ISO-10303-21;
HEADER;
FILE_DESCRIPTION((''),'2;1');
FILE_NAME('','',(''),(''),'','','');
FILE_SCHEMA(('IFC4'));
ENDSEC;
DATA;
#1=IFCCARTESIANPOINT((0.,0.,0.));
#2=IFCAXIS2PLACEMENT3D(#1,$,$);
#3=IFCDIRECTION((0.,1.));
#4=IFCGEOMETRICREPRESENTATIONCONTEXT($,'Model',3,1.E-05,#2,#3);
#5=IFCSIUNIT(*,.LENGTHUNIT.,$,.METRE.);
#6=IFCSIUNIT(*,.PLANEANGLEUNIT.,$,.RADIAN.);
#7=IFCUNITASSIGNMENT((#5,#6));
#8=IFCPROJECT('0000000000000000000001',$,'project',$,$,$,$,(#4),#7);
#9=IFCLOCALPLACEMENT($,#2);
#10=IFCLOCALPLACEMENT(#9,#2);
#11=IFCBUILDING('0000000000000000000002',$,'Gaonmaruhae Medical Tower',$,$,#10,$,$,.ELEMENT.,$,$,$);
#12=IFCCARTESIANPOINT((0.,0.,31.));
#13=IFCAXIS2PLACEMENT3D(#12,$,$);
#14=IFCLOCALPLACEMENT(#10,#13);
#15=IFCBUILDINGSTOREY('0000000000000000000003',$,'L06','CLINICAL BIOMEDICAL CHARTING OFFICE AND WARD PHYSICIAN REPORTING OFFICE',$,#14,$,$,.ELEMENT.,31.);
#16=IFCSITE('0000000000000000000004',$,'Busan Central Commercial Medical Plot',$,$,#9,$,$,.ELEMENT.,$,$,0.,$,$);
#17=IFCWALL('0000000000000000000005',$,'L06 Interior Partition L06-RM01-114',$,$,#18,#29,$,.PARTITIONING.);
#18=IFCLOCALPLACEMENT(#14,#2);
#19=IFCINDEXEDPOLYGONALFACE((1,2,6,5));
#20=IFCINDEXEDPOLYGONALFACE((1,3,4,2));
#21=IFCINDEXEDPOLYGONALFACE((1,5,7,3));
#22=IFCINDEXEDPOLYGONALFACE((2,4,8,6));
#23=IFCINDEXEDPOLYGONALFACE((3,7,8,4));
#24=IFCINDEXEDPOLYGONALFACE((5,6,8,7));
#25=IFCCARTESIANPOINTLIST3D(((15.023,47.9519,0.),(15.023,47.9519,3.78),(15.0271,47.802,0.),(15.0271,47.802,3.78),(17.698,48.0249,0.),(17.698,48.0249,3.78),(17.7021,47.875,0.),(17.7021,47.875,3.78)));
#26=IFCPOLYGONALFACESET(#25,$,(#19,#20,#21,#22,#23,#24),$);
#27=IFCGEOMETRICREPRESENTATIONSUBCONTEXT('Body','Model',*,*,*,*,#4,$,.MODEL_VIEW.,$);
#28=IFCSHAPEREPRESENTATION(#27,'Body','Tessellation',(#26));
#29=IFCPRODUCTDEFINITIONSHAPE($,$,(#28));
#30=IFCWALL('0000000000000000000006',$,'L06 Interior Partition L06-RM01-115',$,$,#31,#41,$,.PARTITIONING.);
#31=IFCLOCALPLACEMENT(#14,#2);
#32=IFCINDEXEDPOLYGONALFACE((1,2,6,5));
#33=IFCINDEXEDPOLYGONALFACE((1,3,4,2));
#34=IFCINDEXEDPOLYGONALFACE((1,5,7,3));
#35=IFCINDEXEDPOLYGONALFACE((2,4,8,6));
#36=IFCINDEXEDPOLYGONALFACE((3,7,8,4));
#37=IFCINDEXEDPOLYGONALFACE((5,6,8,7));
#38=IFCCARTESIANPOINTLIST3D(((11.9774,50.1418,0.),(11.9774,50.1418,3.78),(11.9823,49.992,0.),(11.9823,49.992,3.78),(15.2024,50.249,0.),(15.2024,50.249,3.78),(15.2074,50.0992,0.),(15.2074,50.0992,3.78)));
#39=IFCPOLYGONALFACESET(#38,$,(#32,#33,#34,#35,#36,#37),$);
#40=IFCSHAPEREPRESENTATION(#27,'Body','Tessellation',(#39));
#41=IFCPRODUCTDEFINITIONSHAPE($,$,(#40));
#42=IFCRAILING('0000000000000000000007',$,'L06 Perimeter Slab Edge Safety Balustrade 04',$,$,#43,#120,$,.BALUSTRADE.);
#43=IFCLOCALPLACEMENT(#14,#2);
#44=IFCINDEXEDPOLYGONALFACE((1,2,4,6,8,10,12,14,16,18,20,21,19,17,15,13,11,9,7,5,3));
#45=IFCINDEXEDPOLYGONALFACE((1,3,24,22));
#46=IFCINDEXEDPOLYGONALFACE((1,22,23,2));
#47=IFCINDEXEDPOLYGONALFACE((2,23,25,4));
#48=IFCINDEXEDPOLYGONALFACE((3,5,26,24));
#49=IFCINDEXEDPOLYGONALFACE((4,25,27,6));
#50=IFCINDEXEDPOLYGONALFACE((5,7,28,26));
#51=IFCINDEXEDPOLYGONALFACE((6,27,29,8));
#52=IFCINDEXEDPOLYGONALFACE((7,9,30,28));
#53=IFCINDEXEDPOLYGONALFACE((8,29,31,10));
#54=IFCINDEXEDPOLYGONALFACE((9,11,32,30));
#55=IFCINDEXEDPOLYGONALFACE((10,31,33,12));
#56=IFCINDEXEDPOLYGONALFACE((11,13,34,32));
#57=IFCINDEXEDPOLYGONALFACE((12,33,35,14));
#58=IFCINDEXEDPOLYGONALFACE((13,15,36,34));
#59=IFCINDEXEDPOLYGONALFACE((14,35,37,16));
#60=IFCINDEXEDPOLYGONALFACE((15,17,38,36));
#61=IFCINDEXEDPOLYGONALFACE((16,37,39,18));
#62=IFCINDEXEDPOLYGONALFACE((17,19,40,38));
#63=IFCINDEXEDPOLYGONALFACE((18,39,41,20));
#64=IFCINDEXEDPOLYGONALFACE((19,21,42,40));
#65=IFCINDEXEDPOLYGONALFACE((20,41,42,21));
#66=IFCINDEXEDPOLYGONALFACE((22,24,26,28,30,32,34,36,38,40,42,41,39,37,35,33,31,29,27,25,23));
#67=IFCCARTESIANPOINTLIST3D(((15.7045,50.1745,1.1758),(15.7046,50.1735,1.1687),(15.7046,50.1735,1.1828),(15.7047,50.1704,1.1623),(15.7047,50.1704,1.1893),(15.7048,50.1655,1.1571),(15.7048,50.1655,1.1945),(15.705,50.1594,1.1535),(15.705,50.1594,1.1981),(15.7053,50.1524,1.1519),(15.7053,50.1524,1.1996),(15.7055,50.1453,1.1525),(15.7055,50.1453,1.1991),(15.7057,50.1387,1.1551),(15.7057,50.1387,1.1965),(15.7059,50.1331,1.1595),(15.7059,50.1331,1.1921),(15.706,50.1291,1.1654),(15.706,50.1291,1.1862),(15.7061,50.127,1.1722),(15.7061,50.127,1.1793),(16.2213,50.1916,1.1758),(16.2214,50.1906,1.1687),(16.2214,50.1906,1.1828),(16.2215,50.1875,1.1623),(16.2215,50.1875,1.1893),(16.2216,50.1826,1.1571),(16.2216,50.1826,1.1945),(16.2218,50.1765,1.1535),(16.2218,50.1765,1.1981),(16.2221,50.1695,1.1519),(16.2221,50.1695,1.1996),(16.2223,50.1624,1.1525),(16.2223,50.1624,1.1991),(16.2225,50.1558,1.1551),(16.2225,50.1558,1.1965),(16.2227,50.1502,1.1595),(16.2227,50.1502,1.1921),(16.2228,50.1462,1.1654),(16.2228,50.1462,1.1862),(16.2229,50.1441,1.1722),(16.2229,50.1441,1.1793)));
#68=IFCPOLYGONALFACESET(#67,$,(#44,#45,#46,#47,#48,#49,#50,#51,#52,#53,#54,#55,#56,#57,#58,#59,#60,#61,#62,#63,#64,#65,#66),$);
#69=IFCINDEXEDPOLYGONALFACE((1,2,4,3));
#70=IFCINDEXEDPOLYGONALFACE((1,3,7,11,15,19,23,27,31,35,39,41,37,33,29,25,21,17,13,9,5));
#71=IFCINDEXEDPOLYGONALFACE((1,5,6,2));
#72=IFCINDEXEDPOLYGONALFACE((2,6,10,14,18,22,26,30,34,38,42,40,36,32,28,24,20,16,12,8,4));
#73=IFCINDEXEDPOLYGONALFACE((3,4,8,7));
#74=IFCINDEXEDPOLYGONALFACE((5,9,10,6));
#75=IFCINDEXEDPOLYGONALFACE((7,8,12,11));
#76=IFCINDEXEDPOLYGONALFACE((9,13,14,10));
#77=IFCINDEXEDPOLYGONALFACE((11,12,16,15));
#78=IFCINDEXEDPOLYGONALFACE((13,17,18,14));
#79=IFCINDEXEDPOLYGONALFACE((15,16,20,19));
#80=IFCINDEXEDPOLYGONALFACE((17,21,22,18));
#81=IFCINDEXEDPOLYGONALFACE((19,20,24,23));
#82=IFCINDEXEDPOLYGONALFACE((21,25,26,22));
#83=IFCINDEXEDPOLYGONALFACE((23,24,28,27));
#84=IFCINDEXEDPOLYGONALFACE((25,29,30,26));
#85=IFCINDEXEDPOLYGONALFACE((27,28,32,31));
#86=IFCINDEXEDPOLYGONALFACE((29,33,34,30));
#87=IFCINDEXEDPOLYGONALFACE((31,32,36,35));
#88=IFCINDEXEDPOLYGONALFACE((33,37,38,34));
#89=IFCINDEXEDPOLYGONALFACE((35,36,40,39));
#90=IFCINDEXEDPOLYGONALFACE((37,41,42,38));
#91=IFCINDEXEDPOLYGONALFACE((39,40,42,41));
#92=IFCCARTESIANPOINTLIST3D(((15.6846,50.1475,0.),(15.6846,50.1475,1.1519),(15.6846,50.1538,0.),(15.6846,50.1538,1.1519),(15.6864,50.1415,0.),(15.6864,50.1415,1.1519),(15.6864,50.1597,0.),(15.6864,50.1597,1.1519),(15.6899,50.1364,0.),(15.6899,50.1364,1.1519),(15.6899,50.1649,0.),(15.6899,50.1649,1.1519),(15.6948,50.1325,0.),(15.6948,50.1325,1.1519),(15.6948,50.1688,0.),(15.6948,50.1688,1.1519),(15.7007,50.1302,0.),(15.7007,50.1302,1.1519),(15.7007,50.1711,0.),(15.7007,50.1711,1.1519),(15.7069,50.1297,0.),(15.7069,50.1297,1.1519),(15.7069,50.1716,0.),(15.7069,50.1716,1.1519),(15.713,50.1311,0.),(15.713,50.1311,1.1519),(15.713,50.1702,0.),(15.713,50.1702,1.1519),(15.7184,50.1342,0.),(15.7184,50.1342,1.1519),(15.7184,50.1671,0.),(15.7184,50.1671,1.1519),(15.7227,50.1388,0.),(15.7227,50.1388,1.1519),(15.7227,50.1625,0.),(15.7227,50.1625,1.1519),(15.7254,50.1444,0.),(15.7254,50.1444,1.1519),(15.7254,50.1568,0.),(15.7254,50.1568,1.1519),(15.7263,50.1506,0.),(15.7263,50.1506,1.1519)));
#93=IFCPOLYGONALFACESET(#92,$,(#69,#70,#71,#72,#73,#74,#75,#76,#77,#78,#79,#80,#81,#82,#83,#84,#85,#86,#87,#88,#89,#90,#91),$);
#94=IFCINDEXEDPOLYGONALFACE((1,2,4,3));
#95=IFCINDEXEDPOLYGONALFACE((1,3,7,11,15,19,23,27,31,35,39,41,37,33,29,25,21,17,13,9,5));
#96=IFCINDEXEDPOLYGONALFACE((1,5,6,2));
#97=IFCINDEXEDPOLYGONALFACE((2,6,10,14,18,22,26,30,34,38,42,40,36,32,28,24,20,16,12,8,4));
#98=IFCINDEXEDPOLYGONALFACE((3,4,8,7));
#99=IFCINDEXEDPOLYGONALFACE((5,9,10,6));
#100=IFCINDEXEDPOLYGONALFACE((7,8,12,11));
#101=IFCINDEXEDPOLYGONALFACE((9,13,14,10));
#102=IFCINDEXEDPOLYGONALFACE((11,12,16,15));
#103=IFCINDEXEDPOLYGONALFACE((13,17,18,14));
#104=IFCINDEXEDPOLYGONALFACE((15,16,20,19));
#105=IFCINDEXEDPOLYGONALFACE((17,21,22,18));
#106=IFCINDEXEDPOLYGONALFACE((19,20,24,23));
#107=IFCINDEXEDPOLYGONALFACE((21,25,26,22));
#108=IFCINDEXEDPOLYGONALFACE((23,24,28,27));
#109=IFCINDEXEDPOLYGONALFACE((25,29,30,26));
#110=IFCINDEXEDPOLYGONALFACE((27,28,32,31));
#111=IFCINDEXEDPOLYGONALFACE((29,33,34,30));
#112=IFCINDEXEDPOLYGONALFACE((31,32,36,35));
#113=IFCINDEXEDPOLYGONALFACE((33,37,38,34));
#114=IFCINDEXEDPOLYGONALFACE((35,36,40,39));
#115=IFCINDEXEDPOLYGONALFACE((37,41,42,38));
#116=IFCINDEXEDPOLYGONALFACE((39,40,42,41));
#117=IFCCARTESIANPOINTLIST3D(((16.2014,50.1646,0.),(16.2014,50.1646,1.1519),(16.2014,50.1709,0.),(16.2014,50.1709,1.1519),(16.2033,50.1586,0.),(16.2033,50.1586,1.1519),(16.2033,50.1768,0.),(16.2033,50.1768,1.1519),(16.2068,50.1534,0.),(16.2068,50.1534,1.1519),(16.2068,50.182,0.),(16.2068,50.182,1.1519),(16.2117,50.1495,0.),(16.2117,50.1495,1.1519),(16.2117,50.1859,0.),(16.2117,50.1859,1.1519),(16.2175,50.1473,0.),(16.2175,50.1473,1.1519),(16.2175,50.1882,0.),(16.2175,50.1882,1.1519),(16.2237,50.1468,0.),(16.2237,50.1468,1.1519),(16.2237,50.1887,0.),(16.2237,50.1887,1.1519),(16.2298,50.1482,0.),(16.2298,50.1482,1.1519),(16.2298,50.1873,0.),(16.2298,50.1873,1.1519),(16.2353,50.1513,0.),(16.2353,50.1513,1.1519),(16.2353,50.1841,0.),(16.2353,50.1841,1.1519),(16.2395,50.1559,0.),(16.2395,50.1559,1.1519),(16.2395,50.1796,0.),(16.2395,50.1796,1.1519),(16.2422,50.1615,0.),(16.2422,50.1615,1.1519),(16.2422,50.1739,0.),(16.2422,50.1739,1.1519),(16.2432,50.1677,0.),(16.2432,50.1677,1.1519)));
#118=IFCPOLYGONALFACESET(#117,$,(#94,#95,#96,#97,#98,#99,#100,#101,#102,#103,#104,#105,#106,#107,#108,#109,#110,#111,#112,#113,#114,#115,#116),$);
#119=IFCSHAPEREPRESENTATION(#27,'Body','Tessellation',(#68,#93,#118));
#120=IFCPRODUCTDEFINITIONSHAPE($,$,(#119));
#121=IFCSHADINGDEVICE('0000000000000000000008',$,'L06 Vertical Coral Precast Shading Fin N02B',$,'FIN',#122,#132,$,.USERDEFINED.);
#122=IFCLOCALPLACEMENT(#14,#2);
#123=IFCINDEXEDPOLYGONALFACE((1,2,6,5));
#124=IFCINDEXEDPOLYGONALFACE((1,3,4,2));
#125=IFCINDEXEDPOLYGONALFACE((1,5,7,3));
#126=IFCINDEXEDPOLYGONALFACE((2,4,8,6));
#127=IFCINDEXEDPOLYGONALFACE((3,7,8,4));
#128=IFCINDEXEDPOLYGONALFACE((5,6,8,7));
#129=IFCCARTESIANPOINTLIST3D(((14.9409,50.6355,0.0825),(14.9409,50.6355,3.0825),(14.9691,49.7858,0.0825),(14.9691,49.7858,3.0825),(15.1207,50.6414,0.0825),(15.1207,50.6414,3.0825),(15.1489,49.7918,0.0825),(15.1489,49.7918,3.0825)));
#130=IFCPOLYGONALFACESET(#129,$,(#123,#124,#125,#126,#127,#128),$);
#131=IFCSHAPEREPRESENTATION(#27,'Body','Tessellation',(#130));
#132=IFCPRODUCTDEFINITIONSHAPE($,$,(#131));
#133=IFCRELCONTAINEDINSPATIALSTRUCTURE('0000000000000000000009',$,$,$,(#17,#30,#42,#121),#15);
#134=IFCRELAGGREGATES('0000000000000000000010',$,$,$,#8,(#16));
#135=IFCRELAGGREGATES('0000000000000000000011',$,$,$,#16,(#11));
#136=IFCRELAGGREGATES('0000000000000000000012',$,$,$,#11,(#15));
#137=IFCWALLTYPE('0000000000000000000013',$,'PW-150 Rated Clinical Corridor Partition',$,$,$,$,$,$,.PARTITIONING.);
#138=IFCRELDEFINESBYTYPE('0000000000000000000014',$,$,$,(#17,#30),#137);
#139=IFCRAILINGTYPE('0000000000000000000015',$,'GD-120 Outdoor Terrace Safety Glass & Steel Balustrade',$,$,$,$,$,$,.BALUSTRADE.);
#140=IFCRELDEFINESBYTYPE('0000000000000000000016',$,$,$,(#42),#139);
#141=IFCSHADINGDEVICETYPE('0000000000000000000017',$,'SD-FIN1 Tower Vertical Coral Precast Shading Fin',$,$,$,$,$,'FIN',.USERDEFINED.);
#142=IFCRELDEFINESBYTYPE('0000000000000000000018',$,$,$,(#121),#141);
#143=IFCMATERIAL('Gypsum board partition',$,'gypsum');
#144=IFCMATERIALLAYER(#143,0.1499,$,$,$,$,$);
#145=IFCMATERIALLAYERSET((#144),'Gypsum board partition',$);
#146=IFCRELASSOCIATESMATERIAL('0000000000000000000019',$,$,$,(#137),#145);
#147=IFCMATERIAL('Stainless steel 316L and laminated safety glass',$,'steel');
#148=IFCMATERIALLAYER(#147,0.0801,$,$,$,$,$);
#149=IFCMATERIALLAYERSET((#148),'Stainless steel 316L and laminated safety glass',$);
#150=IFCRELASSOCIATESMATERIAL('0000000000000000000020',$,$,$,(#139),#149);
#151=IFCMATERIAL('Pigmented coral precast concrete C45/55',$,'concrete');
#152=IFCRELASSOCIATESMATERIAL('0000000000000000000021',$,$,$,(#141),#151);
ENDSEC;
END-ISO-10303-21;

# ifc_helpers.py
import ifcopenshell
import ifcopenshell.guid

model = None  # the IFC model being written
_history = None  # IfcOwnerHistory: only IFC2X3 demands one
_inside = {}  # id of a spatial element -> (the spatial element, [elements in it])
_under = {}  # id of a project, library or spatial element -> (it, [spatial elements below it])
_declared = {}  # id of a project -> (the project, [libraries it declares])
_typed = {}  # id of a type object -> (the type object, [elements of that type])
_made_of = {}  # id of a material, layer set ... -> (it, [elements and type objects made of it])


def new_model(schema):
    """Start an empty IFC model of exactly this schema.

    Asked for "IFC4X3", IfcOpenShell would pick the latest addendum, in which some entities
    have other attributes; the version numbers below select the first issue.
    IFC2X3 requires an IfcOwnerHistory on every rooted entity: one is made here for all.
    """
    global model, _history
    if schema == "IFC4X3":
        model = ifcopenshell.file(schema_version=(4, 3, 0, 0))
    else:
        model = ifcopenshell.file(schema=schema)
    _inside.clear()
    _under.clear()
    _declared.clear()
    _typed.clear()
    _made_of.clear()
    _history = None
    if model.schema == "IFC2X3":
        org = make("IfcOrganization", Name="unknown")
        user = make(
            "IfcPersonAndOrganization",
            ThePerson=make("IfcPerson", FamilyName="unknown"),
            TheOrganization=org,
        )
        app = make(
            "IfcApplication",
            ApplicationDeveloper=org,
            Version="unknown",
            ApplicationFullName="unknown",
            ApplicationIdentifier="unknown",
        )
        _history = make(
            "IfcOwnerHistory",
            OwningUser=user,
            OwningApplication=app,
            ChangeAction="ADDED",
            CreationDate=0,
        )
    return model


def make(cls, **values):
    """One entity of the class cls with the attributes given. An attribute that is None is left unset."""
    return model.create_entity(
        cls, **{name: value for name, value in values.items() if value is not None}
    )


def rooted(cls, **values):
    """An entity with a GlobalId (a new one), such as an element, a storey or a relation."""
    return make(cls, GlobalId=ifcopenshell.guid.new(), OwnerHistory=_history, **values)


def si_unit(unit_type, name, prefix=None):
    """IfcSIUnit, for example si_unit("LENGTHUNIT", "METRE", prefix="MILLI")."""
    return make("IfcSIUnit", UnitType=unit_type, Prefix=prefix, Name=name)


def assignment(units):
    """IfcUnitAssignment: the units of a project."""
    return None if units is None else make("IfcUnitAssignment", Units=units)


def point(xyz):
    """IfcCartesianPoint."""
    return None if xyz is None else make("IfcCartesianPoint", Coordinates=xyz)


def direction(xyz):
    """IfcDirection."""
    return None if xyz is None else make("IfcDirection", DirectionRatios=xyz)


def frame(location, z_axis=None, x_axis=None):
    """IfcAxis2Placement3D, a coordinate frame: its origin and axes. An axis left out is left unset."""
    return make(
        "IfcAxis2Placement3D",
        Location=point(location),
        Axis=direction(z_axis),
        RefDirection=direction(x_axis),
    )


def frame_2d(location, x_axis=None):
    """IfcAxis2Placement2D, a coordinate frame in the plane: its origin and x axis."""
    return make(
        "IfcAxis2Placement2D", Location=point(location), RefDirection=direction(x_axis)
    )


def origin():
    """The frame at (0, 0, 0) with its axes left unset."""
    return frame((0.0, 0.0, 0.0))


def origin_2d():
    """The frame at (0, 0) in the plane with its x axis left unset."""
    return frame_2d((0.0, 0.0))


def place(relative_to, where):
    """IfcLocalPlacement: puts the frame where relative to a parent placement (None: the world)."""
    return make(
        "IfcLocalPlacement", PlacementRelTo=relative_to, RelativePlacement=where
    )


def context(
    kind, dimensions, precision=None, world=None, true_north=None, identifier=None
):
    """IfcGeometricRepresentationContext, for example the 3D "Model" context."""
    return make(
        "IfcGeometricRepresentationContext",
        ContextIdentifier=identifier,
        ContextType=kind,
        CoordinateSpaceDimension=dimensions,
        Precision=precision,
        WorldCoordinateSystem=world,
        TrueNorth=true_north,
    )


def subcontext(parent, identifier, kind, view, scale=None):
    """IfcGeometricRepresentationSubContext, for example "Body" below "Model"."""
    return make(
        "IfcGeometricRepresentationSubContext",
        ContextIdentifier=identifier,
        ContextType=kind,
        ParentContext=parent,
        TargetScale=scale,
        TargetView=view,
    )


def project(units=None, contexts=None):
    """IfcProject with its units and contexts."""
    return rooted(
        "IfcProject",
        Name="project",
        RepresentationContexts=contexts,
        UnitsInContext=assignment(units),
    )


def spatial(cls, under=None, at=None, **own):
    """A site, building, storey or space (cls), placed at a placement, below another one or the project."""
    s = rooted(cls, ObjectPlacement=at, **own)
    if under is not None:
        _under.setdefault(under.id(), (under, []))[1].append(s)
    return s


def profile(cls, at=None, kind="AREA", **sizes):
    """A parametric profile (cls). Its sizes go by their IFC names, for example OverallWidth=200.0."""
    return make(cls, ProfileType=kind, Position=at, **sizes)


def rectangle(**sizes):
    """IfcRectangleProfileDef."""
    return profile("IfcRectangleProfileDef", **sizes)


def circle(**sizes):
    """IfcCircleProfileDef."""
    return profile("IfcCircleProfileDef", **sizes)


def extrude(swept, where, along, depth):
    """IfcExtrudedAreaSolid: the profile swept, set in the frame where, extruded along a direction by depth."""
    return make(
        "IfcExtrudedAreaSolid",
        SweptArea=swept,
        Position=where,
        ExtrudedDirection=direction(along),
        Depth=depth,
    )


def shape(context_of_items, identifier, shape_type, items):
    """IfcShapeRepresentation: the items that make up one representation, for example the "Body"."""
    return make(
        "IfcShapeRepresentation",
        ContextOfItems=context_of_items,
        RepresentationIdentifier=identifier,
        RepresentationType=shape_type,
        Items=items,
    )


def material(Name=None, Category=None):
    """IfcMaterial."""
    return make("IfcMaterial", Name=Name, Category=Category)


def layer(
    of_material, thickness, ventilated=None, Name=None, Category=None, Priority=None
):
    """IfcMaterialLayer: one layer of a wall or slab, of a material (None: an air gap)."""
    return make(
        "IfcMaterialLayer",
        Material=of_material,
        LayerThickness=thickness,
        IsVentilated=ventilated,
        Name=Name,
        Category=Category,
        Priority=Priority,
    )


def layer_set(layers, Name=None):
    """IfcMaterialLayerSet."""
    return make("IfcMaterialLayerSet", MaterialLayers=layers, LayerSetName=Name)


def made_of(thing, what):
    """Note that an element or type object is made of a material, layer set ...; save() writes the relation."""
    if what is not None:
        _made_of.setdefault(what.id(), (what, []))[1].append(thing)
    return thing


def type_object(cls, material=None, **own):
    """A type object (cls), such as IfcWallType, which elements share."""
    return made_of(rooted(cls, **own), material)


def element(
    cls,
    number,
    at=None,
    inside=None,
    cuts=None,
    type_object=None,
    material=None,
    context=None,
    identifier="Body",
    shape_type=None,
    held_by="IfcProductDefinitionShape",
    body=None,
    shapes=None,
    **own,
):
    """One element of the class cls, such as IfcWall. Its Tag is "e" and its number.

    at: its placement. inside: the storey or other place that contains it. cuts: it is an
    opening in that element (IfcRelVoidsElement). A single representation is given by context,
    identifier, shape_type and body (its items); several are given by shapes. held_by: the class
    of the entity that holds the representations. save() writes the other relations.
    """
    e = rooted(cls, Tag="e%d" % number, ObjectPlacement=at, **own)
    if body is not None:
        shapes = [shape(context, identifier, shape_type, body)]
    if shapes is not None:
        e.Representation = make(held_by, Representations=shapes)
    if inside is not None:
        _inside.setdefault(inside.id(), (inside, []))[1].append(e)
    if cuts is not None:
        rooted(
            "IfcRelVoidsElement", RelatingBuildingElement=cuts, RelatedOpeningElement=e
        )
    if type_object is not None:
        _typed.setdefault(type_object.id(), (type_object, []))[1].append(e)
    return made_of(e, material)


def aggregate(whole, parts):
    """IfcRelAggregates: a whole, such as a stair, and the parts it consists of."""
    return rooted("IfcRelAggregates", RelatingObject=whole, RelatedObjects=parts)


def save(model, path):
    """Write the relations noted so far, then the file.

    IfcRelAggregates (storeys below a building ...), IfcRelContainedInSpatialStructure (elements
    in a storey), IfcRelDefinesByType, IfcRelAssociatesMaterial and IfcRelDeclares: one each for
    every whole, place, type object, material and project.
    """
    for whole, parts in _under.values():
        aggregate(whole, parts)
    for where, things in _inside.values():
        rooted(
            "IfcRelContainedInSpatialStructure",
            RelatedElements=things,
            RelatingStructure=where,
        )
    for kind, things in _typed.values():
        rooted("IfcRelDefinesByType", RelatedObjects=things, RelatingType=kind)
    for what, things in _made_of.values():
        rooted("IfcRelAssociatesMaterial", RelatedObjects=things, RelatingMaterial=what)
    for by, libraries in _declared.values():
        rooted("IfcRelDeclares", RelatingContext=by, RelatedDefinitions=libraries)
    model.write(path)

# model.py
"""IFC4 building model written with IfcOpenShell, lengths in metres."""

from ifc_helpers import new_model, si_unit, direction, frame, frame_2d, origin, origin_2d, place, context, subcontext, project, spatial, rectangle, circle, extrude, material, layer, layer_set, type_object, element, save


model = new_model("IFC4")

# Units and contexts
model_context = context("Model", 3, precision=1e-05, world=origin(), true_north=direction((0.0, 1.0)))
body_context = subcontext(model_context, "Body", "Model", "MODEL_VIEW")
ifc_project = project(units=[si_unit("LENGTHUNIT", "METRE"), si_unit("PLANEANGLEUNIT", "RADIAN")], contexts=[model_context])

# Site, building, storey
site_placement = place(None, origin())
site = spatial("IfcSite", under=ifc_project, at=site_placement, Name="Busan Central Commercial Medical Plot", CompositionType="ELEMENT", RefElevation=0.0)
building_placement = place(site_placement, origin())
building = spatial("IfcBuilding", under=site, at=building_placement, Name="Gaonmaruhae Medical Tower", CompositionType="ELEMENT")
storey_placement = place(building_placement, frame((0.0, 0.0, 31.0)))
storey = spatial("IfcBuildingStorey", under=building, at=storey_placement, Name="L06", Description="CLINICAL BIOMEDICAL CHARTING OFFICE AND WARD PHYSICIAN REPORTING OFFICE", CompositionType="ELEMENT", Elevation=31.0)

# Shared definitions
ifc_material_1 = material(Name="Gypsum board partition", Category="gypsum")
ifc_layer_1 = layer(ifc_material_1, 0.1499)
ifc_layer_set_1 = layer_set([ifc_layer_1], Name="Gypsum board partition")
wall_type_1 = type_object("IfcWallType", Name="PW-150 Rated Clinical Corridor Partition", PredefinedType="PARTITIONING", material=ifc_layer_set_1)

# Walls
wall_1_placement = place(storey_placement, frame((17.7, 47.95, 0.0), z_axis=(0.0, 0.0, 1.0), x_axis=(-0.999628, -0.027278, 0.0)))
element("IfcWall", 1, at=wall_1_placement, inside=storey, type_object=wall_type_1, Name="L06 Interior Partition L06-RM01-114", PredefinedType="PARTITIONING", context=body_context, shape_type="SweptSolid", body=[
    extrude(rectangle(XDim=2.676, YDim=0.1499, at=frame_2d((1.3379, 0.0))), origin(), (0.0, 0.0, 1.0), 3.78),
])
wall_2_placement = place(storey_placement, frame((11.98, 50.0669, 0.0), z_axis=(0.0, 0.0, 1.0), x_axis=(0.999448, 0.033214, 0.0)))
element("IfcWall", 2, at=wall_2_placement, inside=storey, type_object=wall_type_1, Name="L06 Interior Partition L06-RM01-115", PredefinedType="PARTITIONING", context=body_context, shape_type="SweptSolid", body=[
    extrude(rectangle(XDim=3.2268, YDim=0.1499, at=frame_2d((1.6133, 0.0))), origin(), (0.0, 0.0, 1.0), 3.78),
])

# Railing
ifc_material_2 = material(Name="Stainless steel 316L and laminated safety glass", Category="steel")
ifc_layer_2 = layer(ifc_material_2, 0.0801)
ifc_layer_set_2 = layer_set([ifc_layer_2], Name="Stainless steel 316L and laminated safety glass")
railing_type = type_object("IfcRailingType", Name="GD-120 Outdoor Terrace Safety Glass & Steel Balustrade", PredefinedType="BALUSTRADE", material=ifc_layer_set_2)
railing_placement = place(storey_placement, frame((15.7053, 50.1506, 0.0)))
element("IfcRailing", 3, at=railing_placement, inside=storey, type_object=railing_type, Name="L06 Perimeter Slab Edge Safety Balustrade 04", PredefinedType="BALUSTRADE", context=body_context, shape_type="SweptSolid", body=[
    extrude(circle(Radius=0.0239, at=origin_2d()), frame((0.0, 0.0, 1.1758), z_axis=(0.999454, 0.033048, 0.0), x_axis=(-0.033048, 0.999454, 0.0)), (0.0, 0.0, 1.0), 0.5171),
    extrude(circle(Radius=0.021, at=origin_2d()), origin(), (0.0, 0.0, 1.0), 1.1519),
    extrude(circle(Radius=0.021, at=origin_2d()), frame((0.5168, 0.0171, 0.0)), (0.0, 0.0, 1.0), 1.1519),
])

# Shading device
ifc_material_3 = material(Name="Pigmented coral precast concrete C45/55", Category="concrete")
shading_device_type = type_object("IfcShadingDeviceType", Name="SD-FIN1 Tower Vertical Coral Precast Shading Fin", ElementType="FIN", PredefinedType="USERDEFINED", material=ifc_material_3)
shading_device_placement = place(storey_placement, frame((15.0449, 50.2136, 0.0825), z_axis=(0.0, 0.0, 1.0), x_axis=(0.99945, 0.033155, 0.0)))
element("IfcShadingDevice", 4, at=shading_device_placement, inside=storey, type_object=shading_device_type, Name="L06 Vertical Coral Precast Shading Fin N02B", ObjectType="FIN", PredefinedType="USERDEFINED", context=body_context, shape_type="SweptSolid", body=[
    extrude(rectangle(XDim=0.1799, YDim=0.8501, at=origin_2d()), origin(), (0.0, 0.0, 1.0), 3.0),
])

save(model, "model.ifc")
